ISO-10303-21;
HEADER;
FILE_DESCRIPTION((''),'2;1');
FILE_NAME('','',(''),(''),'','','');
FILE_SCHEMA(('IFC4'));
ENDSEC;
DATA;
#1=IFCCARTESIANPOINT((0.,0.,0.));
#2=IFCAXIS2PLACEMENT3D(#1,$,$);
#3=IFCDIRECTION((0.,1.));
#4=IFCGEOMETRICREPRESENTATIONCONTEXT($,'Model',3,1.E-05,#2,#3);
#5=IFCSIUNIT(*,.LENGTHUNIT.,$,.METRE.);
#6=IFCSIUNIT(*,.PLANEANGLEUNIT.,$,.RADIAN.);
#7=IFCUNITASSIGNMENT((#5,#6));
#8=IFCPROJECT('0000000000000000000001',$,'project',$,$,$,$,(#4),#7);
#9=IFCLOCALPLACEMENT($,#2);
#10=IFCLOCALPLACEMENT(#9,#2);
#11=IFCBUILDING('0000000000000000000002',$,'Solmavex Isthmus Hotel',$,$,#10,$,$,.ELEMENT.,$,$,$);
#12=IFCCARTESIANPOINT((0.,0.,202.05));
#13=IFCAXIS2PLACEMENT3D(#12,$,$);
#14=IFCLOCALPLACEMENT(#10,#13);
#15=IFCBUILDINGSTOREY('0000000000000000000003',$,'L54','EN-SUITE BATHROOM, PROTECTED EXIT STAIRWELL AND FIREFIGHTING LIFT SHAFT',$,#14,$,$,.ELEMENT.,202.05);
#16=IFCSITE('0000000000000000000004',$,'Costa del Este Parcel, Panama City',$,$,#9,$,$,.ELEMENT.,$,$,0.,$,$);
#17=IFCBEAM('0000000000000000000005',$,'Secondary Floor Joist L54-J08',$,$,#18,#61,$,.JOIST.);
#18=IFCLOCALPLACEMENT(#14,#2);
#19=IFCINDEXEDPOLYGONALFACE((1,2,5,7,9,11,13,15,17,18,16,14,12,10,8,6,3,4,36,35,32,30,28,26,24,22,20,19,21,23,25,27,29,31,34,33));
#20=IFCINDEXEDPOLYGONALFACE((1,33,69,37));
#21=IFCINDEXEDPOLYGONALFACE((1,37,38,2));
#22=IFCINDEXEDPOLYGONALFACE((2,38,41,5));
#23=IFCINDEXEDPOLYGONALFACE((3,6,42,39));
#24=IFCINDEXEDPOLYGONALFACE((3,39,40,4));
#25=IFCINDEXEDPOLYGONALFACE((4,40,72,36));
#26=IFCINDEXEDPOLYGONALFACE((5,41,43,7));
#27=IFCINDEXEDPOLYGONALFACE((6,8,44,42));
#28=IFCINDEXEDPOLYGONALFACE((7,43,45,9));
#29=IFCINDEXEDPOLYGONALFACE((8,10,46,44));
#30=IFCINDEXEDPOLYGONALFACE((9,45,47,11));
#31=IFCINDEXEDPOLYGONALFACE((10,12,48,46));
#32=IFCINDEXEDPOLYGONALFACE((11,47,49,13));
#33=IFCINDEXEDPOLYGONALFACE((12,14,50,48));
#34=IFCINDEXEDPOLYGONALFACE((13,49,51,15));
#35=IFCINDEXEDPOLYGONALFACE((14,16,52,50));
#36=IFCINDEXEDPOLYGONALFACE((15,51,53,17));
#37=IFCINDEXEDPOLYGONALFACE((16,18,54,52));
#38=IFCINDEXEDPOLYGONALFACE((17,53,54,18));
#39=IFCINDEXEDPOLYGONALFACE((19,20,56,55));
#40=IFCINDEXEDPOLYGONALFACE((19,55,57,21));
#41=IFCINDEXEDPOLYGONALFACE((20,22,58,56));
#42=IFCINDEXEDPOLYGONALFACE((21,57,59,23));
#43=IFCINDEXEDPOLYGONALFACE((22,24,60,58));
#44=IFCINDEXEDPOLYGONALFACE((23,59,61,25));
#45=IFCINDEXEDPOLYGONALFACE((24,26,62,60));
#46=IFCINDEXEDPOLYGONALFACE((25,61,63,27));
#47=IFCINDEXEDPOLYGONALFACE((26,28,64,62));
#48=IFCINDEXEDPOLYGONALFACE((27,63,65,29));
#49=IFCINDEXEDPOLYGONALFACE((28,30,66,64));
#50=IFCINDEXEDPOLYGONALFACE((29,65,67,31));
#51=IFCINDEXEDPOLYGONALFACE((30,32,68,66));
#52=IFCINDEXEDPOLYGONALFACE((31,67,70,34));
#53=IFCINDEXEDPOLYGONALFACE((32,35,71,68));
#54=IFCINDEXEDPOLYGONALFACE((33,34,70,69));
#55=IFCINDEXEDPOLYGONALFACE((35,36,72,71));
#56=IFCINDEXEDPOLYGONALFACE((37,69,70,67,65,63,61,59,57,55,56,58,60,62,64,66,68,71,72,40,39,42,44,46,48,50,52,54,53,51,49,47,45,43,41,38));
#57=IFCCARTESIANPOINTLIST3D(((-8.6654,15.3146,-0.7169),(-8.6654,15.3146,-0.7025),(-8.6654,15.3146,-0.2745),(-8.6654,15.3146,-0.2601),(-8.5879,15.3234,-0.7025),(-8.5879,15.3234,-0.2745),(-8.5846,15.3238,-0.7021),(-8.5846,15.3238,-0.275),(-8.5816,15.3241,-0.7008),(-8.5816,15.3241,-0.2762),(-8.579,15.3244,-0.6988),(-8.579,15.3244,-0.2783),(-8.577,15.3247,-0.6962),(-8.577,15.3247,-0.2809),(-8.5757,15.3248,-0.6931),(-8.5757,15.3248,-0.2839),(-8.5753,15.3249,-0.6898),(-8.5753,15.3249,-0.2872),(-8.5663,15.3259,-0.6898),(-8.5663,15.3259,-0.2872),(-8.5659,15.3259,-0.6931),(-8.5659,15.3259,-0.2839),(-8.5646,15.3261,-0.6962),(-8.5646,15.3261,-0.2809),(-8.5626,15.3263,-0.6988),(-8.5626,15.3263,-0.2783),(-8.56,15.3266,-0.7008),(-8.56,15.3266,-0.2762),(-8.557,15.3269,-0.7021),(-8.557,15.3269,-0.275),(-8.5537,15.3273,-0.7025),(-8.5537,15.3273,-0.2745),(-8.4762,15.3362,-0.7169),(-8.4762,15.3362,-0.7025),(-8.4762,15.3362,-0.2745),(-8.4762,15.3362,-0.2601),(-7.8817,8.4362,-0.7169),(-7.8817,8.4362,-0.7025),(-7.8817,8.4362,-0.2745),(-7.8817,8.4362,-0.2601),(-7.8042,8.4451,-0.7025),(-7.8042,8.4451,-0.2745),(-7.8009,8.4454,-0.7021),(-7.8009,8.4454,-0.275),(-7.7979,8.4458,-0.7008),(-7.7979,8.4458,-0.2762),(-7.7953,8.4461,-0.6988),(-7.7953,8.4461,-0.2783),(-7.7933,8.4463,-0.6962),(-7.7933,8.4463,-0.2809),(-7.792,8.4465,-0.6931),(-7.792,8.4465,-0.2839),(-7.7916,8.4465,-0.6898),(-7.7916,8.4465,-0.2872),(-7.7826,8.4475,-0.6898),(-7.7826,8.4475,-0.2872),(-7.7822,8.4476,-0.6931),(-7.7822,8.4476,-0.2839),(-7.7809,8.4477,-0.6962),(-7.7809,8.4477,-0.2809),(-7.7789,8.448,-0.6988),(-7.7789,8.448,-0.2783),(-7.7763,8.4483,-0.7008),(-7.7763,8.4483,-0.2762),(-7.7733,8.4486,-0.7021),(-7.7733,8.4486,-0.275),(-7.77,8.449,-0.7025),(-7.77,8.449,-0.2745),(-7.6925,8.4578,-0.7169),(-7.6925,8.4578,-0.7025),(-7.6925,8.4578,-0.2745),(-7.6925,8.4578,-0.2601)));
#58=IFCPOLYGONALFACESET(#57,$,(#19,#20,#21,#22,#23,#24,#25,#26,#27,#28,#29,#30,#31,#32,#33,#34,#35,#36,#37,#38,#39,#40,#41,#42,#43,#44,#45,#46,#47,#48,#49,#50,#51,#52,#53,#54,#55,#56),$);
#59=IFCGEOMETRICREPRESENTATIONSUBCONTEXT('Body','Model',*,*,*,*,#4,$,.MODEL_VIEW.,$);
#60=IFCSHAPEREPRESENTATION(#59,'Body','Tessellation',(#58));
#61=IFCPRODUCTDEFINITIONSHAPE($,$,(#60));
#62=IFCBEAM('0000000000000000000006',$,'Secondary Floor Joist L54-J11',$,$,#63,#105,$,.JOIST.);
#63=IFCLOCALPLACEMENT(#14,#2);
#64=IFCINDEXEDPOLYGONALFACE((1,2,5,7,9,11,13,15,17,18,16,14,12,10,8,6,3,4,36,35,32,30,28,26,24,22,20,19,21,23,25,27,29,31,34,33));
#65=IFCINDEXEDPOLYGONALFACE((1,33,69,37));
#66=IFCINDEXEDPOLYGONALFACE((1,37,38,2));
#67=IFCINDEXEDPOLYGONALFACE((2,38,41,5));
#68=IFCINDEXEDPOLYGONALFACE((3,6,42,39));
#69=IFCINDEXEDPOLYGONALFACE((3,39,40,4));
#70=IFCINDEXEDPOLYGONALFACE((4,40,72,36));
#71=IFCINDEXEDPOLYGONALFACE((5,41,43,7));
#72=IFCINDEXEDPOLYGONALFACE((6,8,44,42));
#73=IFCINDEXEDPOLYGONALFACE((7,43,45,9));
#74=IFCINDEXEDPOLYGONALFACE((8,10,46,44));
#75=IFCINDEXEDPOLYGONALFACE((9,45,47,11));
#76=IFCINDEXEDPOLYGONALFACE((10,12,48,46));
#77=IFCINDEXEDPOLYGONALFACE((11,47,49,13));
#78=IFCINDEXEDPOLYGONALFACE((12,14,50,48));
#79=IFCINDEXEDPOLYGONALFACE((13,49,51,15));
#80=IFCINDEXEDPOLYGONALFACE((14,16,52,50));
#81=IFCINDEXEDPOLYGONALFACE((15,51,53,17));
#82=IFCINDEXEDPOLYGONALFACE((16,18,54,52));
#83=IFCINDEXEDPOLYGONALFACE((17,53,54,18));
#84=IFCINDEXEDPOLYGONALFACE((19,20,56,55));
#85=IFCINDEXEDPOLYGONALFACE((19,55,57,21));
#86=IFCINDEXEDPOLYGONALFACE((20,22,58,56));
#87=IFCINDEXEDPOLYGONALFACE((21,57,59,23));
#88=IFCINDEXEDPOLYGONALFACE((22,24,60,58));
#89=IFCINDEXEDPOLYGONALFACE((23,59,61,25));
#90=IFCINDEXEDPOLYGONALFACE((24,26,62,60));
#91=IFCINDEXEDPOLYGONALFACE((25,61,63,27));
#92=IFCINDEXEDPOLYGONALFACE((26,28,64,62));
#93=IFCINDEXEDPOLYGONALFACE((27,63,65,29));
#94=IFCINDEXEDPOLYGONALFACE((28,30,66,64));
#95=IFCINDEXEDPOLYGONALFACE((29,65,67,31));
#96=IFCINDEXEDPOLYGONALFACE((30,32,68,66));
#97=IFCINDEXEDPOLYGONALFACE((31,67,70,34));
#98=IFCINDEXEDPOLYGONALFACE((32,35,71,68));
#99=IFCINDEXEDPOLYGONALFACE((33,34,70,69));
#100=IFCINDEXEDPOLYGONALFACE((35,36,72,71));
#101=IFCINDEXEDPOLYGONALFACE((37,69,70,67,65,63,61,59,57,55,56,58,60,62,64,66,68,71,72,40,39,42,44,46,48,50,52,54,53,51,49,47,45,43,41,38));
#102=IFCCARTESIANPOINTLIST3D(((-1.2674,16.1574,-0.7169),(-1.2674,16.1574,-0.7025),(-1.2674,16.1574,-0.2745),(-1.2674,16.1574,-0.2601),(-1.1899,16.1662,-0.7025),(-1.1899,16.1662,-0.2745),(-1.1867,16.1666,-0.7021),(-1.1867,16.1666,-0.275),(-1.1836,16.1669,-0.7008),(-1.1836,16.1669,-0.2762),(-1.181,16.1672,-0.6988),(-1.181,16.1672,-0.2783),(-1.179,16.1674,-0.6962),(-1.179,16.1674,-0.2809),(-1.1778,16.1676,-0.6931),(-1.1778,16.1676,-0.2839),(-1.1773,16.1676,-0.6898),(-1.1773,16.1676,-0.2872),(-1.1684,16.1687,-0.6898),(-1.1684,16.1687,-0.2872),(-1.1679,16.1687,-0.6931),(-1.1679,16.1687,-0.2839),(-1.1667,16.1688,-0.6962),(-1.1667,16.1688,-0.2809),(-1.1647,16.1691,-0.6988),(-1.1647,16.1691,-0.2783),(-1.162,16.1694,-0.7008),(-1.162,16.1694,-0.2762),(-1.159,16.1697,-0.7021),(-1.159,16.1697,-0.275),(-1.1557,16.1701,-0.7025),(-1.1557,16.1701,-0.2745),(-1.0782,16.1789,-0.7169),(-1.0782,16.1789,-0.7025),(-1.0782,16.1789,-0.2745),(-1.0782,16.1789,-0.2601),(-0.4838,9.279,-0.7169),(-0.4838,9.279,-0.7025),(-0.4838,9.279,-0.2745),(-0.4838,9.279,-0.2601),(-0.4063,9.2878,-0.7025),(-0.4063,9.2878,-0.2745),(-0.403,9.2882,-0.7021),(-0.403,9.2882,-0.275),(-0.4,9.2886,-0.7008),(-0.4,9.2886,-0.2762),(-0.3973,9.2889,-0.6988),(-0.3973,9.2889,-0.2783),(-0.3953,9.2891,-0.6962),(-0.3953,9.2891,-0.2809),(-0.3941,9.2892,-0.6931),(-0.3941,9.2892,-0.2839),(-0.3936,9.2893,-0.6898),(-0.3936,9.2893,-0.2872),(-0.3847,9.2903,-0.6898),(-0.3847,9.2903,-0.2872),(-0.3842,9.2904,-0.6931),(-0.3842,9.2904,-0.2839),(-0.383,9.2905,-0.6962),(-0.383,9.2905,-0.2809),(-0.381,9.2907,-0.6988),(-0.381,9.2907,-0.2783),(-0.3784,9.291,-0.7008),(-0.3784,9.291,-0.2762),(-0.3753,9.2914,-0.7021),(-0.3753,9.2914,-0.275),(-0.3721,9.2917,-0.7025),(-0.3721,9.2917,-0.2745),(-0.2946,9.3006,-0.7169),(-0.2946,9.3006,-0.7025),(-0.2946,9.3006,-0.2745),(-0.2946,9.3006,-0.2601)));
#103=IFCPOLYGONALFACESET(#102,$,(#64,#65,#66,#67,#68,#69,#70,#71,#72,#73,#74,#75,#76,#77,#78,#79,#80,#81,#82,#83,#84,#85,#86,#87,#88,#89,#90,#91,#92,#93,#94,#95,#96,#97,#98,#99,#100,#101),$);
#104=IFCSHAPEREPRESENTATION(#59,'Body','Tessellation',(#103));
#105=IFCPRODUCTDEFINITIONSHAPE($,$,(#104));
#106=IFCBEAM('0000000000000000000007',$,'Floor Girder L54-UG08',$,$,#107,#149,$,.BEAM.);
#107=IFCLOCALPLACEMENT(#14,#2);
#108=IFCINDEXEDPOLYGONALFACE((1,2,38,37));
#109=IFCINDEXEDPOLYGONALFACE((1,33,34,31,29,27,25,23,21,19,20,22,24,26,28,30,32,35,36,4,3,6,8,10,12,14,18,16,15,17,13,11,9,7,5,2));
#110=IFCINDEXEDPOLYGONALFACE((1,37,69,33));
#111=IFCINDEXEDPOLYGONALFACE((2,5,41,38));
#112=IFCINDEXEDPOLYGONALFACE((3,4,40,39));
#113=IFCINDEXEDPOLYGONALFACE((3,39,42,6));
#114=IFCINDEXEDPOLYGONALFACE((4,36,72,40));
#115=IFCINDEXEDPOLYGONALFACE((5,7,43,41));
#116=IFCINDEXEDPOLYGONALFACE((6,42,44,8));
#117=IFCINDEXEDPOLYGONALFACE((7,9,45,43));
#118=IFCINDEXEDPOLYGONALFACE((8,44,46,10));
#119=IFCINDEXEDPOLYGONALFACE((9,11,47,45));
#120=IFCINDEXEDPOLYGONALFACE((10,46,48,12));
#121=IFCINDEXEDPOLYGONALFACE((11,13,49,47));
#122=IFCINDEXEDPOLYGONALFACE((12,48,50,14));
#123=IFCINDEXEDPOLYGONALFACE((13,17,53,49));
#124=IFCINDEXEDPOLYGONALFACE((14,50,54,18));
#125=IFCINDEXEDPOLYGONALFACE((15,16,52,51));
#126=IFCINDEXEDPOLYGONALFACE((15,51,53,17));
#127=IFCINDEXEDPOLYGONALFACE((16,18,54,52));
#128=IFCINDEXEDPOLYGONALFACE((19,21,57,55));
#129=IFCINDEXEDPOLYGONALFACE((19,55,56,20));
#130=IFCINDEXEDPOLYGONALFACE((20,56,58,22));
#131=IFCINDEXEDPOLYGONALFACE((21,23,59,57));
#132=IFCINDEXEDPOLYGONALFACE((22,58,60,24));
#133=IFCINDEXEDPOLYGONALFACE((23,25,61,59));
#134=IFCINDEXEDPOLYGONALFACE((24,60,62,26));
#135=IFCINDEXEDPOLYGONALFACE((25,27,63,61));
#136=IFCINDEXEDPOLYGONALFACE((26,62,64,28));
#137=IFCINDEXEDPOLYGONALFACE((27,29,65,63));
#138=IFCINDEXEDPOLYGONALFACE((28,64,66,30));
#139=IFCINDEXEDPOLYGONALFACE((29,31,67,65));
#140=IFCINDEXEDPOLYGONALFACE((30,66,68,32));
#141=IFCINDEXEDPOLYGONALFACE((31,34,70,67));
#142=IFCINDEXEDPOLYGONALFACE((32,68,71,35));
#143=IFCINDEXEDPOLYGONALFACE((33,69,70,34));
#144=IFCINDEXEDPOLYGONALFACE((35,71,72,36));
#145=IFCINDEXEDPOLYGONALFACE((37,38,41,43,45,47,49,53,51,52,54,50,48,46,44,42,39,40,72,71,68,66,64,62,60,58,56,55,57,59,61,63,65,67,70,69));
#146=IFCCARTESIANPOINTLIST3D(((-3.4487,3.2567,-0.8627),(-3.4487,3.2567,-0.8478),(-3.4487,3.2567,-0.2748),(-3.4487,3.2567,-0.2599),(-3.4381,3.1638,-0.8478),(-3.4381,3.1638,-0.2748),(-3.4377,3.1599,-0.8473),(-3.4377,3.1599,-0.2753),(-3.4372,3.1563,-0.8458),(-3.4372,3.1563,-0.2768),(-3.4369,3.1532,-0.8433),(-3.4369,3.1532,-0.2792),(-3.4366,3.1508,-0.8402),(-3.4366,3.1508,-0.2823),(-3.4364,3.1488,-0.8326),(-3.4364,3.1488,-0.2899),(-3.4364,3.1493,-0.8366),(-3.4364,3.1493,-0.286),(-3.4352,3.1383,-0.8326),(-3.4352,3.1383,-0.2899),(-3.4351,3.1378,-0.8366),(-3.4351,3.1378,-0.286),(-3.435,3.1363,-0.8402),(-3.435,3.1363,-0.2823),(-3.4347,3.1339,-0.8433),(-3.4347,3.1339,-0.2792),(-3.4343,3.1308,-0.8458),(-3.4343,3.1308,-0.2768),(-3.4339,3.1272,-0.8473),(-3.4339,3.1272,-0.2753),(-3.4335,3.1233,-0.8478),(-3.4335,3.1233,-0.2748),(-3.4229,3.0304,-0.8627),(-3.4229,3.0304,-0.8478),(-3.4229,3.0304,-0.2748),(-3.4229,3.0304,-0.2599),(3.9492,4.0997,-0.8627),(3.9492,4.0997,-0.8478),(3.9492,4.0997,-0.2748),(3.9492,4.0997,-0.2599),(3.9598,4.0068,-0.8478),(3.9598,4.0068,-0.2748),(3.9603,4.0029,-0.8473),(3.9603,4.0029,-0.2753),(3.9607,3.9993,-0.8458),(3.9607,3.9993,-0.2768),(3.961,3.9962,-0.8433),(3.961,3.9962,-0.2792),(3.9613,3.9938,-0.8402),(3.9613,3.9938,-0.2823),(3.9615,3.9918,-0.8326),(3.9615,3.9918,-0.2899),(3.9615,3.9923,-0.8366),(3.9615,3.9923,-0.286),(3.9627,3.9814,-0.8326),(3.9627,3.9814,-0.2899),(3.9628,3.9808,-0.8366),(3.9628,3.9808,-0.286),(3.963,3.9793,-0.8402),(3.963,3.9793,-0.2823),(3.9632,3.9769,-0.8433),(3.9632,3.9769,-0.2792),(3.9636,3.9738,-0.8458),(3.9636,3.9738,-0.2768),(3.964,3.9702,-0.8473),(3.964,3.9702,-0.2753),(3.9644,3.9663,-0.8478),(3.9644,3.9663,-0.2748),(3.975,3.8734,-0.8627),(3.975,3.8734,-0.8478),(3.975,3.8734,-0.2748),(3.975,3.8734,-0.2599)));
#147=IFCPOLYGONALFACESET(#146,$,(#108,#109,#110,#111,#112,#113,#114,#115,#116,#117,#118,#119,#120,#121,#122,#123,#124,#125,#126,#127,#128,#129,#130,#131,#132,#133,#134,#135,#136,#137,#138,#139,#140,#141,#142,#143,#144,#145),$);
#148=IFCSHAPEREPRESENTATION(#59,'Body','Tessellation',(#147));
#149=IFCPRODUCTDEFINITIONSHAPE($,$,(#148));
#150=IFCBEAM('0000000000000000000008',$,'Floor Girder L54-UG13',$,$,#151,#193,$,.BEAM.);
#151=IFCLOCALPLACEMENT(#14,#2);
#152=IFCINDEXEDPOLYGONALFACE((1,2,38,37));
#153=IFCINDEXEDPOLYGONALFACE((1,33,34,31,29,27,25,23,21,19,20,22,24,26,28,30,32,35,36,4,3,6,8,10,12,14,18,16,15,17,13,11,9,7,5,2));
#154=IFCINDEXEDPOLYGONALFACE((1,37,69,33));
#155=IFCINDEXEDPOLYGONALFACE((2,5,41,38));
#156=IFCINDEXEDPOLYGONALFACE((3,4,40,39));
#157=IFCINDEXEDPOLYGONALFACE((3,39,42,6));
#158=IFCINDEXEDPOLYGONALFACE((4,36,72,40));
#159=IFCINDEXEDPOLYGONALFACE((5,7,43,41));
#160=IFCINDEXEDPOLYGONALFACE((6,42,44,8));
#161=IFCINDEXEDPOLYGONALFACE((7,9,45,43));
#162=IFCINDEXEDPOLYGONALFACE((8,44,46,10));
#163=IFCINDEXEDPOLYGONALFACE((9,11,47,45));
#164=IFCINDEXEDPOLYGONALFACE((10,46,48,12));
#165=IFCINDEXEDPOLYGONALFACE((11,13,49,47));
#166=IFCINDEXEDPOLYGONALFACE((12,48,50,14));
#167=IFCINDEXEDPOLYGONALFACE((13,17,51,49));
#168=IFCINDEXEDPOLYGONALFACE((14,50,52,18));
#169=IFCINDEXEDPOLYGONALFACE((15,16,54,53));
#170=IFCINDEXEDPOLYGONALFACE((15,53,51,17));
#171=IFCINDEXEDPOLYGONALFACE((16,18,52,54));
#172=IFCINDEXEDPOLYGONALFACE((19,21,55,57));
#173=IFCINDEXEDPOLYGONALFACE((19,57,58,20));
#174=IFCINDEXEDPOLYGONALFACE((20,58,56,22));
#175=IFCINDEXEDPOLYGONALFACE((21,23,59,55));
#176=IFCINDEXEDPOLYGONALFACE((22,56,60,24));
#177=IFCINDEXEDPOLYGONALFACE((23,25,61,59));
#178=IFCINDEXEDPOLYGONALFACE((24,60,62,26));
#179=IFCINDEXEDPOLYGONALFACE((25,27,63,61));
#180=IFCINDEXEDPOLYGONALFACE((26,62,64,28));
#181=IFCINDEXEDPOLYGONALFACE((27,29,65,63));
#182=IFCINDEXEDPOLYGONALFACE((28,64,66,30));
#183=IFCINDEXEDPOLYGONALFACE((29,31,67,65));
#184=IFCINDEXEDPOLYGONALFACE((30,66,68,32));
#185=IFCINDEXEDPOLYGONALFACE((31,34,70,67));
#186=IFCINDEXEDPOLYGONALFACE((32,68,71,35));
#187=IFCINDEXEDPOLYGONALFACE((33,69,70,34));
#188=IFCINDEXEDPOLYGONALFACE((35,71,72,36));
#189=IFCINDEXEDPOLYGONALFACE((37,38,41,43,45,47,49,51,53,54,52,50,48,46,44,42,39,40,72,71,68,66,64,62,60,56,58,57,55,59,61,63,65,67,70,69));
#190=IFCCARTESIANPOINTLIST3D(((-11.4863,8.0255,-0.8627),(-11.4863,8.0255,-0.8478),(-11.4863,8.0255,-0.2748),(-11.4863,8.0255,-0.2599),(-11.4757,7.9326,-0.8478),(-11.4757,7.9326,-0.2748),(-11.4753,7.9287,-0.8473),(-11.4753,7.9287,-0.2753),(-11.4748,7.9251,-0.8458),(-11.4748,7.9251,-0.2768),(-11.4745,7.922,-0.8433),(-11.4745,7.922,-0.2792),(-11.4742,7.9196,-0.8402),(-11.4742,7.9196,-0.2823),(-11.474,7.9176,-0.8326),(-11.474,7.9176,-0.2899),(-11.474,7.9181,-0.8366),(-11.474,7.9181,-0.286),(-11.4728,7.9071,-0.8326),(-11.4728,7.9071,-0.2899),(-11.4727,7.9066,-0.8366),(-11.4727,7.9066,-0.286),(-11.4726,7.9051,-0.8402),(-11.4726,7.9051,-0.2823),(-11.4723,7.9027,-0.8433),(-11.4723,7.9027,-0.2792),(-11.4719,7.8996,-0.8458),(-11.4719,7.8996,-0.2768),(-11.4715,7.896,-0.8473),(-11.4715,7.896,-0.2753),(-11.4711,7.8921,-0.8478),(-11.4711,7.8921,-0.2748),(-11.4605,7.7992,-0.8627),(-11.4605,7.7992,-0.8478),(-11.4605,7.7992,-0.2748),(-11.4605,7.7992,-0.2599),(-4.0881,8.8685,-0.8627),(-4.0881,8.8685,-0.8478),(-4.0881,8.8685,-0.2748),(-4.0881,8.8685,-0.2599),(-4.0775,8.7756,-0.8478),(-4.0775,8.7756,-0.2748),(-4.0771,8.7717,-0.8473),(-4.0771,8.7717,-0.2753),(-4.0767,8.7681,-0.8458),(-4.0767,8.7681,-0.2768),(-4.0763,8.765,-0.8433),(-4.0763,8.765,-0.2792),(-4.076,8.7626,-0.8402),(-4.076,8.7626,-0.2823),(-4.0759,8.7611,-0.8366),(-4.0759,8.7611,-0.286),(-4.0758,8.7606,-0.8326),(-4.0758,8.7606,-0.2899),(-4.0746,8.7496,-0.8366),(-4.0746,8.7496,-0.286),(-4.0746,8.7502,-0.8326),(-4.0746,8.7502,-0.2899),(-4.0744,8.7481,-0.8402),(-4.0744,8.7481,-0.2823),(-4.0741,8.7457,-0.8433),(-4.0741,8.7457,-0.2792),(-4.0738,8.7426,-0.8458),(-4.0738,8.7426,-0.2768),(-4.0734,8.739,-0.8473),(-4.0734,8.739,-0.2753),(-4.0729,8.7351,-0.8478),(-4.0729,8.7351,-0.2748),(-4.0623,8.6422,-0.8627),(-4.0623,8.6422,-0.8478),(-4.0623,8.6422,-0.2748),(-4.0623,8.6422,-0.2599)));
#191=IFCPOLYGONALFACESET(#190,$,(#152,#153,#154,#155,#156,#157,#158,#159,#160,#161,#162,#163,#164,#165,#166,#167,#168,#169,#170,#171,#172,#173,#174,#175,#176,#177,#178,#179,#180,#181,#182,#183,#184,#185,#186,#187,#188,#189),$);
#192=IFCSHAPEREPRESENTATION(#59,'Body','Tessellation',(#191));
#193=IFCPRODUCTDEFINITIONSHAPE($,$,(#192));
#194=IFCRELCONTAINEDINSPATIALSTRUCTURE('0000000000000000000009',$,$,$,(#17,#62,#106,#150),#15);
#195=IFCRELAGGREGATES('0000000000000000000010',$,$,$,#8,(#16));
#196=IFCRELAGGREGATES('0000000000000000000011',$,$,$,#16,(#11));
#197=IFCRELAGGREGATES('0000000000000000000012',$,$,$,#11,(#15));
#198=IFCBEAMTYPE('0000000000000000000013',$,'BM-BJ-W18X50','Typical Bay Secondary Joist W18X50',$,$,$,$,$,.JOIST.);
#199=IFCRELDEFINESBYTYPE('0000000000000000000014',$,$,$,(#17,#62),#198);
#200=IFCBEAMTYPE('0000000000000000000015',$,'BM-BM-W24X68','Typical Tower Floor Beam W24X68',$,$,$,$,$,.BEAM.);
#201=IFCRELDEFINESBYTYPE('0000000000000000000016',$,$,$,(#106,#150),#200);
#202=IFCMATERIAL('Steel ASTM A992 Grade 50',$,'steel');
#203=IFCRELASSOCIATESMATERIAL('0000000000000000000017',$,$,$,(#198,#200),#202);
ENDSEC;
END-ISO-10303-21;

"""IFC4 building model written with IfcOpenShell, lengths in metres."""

from ifc_helpers import new_model, si_unit, direction, frame, origin, origin_2d, place, context, subcontext, project, spatial, i_section, extrude, material, material_profile, profile_set, type_object, element, save


model = new_model("IFC4")

# Units and contexts
model_context = context("Model", 3, precision=1e-05, world=origin(), true_north=direction((0.0, 1.0)))
body_context = subcontext(model_context, "Body", "Model", "MODEL_VIEW")
ifc_project = project(units=[si_unit("LENGTHUNIT", "METRE"), si_unit("PLANEANGLEUNIT", "RADIAN")], contexts=[model_context])

# Site, building, storey
site_placement = place(None, origin())
site = spatial("IfcSite", under=ifc_project, at=site_placement, Name="Costa del Este Parcel, Panama City", CompositionType="ELEMENT", RefElevation=0.0)
building_placement = place(site_placement, origin())
building = spatial("IfcBuilding", under=site, at=building_placement, Name="Solmavex Isthmus Hotel", CompositionType="ELEMENT")
storey_placement = place(building_placement, frame((0.0, 0.0, 202.05)))
storey = spatial("IfcBuildingStorey", under=building, at=storey_placement, Name="L54", Description="EN-SUITE BATHROOM, PROTECTED EXIT STAIRWELL AND FIREFIGHTING LIFT SHAFT", CompositionType="ELEMENT", Elevation=202.05)

# Beams
ifc_material_1 = material(Name="Steel ASTM A992 Grade 50", Category="steel")
ifc_material_profile_1 = material_profile(ifc_material_1, i_section(OverallWidth=0.1904, OverallDepth=0.4568, WebThickness=0.009, FlangeThickness=0.0144, FilletRadius=0.0127, at=origin_2d()), Name="W18X50")
ifc_profile_set_1 = profile_set([ifc_material_profile_1], Name="Steel ASTM A992 Grade 50")
beam_type_1 = type_object("IfcBeamType", Name="BM-BJ-W18X50", Description="Typical Bay Secondary Joist W18X50", PredefinedType="JOIST", material=ifc_profile_set_1)
for number, where, z_axis, x_axis, name in (
    (1, (-7.7871, 8.447, -0.4885), (-0.113202, 0.993572, 0.0), (-0.993572, -0.113202, 0.0), "Secondary Floor Joist L54-J08"),
    (2, (-0.3892, 9.2898, -0.4885), (-0.113202, 0.993572, 0.0), (-0.993572, -0.113202, 0.0), "Secondary Floor Joist L54-J11"),
):
    element("IfcBeam", number, at=place(storey_placement, frame(where, z_axis=z_axis, x_axis=x_axis)), inside=storey, type_object=beam_type_1, Name=name, PredefinedType="JOIST", context=body_context, shape_type="SweptSolid", body=[
        extrude(i_section(OverallWidth=0.1904, OverallDepth=0.4568, WebThickness=0.009, FlangeThickness=0.0144, FilletRadius=0.0127, at=origin_2d()), origin(), (0.0, 0.0, 1.0), 6.9229),
    ])
ifc_material_profile_2 = material_profile(ifc_material_1, i_section(OverallWidth=0.2278, OverallDepth=0.6028, WebThickness=0.0105, FlangeThickness=0.0149, FilletRadius=0.0151, at=origin_2d()), Name="W24X68")
ifc_profile_set_2 = profile_set([ifc_material_profile_2], Name="Steel ASTM A992 Grade 50")
beam_type_2 = type_object("IfcBeamType", Name="BM-BM-W24X68", Description="Typical Tower Floor Beam W24X68", PredefinedType="BEAM", material=ifc_profile_set_2)
beam_1_placement = place(storey_placement, frame((-3.4358, 3.1436, -0.5613), z_axis=(0.99357, 0.11322, 0.0), x_axis=(-0.11322, 0.99357, 0.0)))
element("IfcBeam", 3, at=beam_1_placement, inside=storey, type_object=beam_type_2, Name="Floor Girder L54-UG08", PredefinedType="BEAM", context=body_context, shape_type="SweptSolid", body=[
    extrude(i_section(OverallWidth=0.2278, OverallDepth=0.6028, WebThickness=0.0105, FlangeThickness=0.0149, FilletRadius=0.0151, at=origin_2d()), origin(), (0.0, 0.0, 1.0), 7.4458),
])
for number, where, z_axis, x_axis, name in (
    (4, (-11.4734, 7.9124, -0.5613), (0.99357, 0.113216, 0.0), (-0.113216, 0.99357, 0.0), "Floor Girder L54-UG13"),
):
    element("IfcBeam", number, at=place(storey_placement, frame(where, z_axis=z_axis, x_axis=x_axis)), inside=storey, type_object=beam_type_2, Name=name, PredefinedType="BEAM", context=body_context, shape_type="SweptSolid", body=[
        extrude(i_section(OverallWidth=0.2278, OverallDepth=0.6028, WebThickness=0.0105, FlangeThickness=0.0149, FilletRadius=0.0151, at=origin_2d()), origin(), (0.0, 0.0, 1.0), 7.446),
    ])

save(model, "model.ifc")
